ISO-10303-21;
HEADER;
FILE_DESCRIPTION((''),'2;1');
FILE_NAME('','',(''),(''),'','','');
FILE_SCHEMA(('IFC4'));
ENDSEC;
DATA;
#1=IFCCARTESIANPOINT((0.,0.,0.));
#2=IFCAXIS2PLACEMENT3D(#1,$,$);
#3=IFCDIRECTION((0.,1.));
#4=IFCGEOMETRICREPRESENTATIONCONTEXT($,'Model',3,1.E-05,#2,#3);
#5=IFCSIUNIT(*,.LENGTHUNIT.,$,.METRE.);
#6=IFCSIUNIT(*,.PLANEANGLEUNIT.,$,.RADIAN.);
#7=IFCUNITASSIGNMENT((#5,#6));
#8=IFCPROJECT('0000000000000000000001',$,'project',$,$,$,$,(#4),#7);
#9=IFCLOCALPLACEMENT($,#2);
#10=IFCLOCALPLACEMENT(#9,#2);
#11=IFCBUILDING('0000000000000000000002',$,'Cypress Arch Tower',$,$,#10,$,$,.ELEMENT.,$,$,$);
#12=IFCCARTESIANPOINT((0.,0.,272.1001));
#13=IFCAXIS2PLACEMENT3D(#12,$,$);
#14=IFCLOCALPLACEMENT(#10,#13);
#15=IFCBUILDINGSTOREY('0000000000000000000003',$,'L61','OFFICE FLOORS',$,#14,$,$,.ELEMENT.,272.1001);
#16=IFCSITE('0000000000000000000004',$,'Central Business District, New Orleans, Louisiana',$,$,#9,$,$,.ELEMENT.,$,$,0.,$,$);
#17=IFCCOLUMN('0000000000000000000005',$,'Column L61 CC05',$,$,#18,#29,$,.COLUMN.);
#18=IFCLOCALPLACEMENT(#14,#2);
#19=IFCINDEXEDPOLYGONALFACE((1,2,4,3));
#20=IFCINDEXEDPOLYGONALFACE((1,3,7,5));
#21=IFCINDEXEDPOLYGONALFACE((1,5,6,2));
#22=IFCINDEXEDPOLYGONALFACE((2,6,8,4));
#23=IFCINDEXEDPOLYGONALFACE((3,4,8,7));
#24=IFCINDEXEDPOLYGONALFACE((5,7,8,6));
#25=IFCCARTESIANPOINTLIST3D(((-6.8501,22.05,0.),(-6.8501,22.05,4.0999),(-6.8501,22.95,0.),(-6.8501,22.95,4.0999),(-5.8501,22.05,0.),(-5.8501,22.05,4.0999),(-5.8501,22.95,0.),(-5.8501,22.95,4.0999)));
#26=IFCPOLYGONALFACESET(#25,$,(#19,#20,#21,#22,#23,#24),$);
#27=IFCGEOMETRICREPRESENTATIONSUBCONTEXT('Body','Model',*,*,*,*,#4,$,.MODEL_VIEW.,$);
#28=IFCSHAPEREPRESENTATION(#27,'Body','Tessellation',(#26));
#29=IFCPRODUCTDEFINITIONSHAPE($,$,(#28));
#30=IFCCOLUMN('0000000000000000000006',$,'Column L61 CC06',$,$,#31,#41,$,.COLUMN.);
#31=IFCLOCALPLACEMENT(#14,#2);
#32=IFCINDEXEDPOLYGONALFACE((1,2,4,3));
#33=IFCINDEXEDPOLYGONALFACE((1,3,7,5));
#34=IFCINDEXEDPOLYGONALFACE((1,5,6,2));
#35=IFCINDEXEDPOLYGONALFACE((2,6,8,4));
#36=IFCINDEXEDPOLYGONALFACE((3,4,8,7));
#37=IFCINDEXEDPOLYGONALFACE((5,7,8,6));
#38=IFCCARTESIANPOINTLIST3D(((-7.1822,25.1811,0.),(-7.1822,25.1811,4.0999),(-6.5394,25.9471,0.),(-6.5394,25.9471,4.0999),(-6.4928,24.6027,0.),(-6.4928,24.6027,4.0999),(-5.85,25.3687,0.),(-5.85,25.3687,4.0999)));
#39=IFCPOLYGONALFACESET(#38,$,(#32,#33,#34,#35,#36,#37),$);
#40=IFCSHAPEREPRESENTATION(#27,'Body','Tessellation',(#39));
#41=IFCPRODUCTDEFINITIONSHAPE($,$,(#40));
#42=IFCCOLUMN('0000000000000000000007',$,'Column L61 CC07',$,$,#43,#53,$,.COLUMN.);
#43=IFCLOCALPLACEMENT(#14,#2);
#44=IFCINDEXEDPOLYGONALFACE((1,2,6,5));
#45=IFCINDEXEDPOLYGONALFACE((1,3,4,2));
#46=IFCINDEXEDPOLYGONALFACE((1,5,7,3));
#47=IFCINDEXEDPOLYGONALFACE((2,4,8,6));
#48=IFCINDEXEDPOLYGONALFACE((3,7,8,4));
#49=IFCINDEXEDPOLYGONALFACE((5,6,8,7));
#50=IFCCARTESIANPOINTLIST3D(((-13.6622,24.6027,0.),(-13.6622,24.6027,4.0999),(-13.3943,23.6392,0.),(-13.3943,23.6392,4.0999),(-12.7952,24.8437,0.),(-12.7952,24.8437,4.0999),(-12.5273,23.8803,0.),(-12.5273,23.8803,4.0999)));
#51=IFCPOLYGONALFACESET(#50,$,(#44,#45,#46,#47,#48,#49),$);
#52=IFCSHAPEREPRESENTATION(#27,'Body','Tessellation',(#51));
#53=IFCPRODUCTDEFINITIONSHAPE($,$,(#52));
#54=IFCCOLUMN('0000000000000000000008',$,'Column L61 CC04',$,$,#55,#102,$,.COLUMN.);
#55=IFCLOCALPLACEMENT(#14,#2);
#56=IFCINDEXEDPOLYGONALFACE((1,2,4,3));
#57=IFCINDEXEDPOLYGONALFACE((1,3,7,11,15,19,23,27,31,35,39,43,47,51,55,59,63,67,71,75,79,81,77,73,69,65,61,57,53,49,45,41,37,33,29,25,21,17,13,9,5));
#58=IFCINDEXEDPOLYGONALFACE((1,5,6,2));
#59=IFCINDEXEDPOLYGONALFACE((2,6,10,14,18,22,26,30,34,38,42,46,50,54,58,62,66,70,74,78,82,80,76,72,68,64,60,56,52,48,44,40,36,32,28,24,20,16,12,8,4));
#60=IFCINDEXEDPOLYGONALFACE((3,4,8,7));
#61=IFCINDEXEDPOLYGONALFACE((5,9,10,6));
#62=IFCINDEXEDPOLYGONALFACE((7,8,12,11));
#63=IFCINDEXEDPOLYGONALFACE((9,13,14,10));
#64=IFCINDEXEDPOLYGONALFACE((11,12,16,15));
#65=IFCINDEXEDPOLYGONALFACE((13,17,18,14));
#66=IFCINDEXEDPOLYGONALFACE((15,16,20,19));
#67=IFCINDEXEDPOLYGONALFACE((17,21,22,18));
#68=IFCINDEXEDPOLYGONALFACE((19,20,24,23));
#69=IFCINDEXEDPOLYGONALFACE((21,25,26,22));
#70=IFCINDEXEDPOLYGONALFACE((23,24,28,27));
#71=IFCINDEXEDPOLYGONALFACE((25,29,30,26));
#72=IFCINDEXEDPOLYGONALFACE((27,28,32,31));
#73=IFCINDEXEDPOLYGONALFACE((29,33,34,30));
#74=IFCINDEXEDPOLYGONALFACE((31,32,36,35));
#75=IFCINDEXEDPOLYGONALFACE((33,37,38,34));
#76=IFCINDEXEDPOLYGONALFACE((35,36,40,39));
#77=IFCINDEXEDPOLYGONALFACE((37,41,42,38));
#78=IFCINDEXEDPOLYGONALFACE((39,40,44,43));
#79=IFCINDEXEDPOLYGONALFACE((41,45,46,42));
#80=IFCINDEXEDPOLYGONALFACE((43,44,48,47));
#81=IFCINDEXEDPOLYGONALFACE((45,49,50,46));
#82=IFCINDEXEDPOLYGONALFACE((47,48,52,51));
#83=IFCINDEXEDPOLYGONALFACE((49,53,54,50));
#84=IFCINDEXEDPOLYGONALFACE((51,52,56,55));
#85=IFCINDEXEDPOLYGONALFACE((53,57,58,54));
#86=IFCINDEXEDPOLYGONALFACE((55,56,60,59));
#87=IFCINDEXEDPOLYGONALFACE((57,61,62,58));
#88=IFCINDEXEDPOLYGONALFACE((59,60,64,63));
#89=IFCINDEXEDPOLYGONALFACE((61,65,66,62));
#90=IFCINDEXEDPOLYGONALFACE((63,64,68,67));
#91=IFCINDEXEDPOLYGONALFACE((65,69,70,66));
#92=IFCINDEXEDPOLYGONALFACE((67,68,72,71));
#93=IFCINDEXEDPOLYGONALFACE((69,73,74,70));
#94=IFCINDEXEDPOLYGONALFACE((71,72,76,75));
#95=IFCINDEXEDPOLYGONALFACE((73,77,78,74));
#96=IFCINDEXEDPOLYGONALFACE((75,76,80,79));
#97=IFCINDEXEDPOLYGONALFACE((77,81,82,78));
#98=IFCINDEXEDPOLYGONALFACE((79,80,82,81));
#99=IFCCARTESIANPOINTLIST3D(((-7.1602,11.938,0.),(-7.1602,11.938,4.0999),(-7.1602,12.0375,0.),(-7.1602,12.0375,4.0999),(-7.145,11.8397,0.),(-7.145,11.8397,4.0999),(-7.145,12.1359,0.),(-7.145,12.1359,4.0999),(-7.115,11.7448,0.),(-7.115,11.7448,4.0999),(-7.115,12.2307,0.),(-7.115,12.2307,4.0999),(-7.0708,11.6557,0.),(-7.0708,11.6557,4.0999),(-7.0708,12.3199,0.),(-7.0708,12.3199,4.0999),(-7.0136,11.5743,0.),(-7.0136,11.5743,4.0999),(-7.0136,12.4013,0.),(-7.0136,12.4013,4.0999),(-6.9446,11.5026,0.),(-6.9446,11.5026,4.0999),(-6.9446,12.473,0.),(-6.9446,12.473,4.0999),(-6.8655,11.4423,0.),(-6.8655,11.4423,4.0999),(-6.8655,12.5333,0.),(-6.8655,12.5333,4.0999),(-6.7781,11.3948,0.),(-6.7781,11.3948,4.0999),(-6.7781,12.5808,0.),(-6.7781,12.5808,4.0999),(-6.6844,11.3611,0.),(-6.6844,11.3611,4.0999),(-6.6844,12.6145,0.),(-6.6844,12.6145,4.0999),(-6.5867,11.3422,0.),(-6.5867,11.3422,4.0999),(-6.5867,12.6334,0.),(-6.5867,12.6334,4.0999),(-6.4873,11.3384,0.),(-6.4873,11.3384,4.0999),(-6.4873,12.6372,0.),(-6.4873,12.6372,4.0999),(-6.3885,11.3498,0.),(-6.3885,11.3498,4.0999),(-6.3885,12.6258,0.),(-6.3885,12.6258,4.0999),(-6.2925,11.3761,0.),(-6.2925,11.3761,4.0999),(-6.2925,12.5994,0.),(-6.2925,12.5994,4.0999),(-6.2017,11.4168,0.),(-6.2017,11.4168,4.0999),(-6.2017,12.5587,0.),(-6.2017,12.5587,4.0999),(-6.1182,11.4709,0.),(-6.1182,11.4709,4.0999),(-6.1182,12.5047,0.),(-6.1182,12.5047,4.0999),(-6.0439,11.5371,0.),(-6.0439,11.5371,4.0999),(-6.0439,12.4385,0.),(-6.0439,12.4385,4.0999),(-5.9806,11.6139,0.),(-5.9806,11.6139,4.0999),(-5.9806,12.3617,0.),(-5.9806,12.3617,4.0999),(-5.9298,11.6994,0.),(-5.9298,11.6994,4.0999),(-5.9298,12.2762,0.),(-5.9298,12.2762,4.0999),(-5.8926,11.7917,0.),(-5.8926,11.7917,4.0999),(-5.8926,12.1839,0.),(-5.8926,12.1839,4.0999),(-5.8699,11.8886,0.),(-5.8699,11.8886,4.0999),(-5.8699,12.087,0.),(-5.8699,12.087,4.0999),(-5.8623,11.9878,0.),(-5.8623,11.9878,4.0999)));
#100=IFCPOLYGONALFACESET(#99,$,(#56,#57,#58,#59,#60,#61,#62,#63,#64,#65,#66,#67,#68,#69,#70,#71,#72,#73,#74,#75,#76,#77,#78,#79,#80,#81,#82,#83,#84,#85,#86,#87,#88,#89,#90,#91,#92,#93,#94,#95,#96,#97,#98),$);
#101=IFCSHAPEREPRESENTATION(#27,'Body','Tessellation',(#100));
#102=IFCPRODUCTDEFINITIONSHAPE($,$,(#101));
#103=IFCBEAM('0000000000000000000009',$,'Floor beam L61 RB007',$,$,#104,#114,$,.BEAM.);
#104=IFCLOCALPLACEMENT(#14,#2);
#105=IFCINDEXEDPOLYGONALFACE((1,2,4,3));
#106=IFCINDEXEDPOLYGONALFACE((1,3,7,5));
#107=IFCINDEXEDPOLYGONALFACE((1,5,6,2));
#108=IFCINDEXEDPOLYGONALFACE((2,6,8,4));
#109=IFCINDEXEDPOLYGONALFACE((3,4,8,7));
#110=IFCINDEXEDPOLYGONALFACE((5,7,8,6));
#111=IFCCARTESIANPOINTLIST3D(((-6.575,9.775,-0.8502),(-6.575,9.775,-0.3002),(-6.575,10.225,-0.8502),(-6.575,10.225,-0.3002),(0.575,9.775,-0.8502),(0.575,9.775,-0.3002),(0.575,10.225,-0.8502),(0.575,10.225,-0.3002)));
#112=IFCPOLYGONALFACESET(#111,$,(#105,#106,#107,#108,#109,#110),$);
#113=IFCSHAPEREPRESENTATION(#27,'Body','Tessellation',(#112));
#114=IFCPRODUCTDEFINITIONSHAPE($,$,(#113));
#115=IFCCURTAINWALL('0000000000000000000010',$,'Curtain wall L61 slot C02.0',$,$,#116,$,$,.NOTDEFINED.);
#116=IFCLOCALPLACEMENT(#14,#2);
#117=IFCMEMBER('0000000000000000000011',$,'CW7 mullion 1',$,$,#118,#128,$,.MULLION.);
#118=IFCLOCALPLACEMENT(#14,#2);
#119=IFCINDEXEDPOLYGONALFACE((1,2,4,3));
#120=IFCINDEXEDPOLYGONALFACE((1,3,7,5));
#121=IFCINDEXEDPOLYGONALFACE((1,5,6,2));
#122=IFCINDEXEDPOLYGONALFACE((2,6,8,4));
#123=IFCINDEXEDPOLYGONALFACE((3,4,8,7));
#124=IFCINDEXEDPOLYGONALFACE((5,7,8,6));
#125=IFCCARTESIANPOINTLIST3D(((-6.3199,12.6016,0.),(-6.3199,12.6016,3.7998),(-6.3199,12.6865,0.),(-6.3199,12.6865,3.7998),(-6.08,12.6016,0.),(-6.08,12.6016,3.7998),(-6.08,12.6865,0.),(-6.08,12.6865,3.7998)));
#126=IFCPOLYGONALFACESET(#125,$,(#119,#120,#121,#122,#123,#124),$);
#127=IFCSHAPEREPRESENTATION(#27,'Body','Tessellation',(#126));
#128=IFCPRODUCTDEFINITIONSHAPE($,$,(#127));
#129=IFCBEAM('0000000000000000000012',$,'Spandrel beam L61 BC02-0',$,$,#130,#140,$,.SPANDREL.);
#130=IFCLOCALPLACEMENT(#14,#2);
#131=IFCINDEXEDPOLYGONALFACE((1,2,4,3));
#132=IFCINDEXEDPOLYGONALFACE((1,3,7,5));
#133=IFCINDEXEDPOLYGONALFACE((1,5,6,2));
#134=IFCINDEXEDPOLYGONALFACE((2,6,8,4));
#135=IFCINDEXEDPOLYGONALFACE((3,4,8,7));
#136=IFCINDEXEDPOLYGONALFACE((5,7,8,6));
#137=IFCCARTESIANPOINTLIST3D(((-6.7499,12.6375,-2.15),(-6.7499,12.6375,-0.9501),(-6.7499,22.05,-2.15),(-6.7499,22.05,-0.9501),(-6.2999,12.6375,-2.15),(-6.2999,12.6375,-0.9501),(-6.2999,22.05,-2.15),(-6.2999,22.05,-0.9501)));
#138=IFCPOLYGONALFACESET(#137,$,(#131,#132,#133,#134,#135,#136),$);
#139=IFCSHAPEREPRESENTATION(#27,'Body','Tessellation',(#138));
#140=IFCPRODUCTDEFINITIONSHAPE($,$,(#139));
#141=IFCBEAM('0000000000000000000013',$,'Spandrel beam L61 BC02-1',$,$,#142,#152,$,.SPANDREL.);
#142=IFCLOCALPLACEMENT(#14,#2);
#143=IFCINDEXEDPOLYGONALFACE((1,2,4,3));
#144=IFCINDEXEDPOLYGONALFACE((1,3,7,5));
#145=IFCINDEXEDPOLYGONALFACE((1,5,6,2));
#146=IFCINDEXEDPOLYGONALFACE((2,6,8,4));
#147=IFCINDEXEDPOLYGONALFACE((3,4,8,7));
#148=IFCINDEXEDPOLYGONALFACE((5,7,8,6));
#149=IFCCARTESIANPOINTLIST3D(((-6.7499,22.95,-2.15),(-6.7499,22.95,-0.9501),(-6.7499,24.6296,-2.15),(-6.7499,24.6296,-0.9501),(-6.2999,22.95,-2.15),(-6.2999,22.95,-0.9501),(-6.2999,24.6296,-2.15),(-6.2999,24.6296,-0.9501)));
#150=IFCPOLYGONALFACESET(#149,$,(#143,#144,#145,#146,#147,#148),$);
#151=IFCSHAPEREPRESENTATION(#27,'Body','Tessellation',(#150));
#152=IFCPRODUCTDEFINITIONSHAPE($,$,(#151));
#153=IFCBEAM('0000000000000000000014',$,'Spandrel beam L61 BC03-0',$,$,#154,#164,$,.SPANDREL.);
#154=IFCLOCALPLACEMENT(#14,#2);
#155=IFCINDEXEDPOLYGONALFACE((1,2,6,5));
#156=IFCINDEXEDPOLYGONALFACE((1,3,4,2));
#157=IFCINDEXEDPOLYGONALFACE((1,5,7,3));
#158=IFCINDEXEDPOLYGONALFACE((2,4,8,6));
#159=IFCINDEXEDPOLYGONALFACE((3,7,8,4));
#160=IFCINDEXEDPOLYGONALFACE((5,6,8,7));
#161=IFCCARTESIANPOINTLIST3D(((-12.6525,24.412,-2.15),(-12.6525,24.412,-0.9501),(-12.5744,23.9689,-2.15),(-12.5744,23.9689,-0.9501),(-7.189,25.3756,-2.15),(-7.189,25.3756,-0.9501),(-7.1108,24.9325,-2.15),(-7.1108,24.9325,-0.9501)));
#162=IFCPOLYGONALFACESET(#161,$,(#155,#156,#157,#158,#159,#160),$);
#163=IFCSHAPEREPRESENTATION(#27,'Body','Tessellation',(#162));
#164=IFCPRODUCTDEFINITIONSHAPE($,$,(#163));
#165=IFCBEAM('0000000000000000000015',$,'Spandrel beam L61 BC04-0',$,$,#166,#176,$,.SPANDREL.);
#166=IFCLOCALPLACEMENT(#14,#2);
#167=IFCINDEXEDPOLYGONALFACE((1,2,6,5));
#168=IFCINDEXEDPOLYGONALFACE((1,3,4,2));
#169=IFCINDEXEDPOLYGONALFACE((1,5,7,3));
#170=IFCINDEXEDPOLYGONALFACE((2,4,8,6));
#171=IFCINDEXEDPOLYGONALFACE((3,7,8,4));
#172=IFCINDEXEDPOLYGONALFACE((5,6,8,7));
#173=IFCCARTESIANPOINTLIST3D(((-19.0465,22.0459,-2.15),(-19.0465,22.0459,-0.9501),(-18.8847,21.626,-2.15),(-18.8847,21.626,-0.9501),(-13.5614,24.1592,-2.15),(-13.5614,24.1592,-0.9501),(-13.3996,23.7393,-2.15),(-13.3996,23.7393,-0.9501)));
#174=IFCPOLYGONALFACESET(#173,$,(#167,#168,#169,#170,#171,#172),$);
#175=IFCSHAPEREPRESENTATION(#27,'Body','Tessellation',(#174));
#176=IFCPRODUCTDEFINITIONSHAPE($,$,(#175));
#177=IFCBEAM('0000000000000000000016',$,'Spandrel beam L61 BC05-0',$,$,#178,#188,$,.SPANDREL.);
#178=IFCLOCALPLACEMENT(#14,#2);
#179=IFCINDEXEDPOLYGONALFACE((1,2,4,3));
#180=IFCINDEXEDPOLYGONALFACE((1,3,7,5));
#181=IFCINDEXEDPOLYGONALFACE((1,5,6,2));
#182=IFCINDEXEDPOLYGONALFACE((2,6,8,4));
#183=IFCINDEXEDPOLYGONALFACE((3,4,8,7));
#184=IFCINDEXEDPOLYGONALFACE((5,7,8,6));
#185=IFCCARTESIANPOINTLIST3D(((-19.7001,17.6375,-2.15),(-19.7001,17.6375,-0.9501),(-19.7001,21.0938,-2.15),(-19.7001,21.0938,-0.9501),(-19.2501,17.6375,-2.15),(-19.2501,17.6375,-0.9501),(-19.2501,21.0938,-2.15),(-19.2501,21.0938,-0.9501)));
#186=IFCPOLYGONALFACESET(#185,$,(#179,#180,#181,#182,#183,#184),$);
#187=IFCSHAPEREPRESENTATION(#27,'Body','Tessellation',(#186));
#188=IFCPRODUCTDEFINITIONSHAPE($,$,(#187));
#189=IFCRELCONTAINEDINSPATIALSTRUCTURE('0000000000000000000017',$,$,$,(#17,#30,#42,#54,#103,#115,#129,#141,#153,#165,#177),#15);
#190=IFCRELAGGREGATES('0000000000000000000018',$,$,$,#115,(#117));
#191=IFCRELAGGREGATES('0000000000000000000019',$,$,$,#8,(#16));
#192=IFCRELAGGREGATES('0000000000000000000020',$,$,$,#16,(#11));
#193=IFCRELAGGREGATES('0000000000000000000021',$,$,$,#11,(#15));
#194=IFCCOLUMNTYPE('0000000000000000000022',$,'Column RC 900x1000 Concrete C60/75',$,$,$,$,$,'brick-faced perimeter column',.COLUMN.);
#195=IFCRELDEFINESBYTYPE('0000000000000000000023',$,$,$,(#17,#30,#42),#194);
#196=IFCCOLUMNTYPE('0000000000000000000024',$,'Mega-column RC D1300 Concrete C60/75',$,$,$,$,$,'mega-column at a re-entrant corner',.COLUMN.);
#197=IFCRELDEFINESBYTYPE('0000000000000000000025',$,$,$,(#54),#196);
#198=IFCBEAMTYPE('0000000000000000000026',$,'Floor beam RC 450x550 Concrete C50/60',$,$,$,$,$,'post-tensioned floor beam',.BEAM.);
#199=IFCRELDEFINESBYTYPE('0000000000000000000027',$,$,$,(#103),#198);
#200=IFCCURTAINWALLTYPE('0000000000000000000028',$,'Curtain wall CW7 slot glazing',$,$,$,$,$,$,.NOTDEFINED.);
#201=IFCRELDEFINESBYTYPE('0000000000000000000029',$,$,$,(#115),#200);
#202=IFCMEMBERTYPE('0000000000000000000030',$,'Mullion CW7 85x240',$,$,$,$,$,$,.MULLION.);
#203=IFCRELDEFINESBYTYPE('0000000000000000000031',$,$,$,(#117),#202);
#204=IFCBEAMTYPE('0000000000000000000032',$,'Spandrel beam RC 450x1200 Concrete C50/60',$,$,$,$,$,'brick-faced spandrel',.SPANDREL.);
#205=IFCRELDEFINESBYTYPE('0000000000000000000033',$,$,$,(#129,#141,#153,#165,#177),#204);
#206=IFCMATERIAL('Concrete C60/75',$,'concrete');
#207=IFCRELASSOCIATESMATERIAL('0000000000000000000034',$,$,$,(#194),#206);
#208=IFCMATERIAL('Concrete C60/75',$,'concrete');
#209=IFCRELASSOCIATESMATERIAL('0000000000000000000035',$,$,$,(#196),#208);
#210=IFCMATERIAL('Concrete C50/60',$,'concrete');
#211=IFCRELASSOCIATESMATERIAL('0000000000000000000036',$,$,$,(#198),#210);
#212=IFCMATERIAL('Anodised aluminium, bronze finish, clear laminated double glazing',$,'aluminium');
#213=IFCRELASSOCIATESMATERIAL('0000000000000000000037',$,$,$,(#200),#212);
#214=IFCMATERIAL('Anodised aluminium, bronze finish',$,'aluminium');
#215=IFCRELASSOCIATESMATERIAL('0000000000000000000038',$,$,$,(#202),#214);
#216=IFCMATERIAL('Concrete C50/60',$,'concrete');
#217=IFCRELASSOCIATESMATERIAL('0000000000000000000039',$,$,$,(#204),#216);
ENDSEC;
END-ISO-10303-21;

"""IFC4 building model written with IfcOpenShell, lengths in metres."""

from ifc_helpers import new_model, si_unit, direction, frame, origin, origin_2d, place, context, subcontext, project, spatial, rectangle, circle, extrude, material, material_profile, profile_set, type_object, element, aggregate, save


model = new_model("IFC4")

# Units and contexts
model_context = context("Model", 3, precision=1e-05, world=origin(), true_north=direction((0.0, 1.0)))
body_context = subcontext(model_context, "Body", "Model", "MODEL_VIEW")
ifc_project = project(units=[si_unit("LENGTHUNIT", "METRE"), si_unit("PLANEANGLEUNIT", "RADIAN")], contexts=[model_context])

# Site, building, storey
site_placement = place(None, origin())
site = spatial("IfcSite", under=ifc_project, at=site_placement, Name="Central Business District, New Orleans, Louisiana", CompositionType="ELEMENT", RefElevation=0.0)
building_placement = place(site_placement, origin())
building = spatial("IfcBuilding", under=site, at=building_placement, Name="Cypress Arch Tower", CompositionType="ELEMENT")
storey_placement = place(building_placement, frame((0.0, 0.0, 272.1001)))
storey = spatial("IfcBuildingStorey", under=building, at=storey_placement, Name="L61", Description="OFFICE FLOORS", CompositionType="ELEMENT", Elevation=272.1001)

# Columns
ifc_material_1 = material(Name="Concrete C60/75", Category="concrete")
ifc_material_profile_1 = material_profile(ifc_material_1, rectangle(XDim=0.8999, YDim=1.0, at=origin_2d()), Name="RC 900x1000")
ifc_profile_set_1 = profile_set([ifc_material_profile_1], Name="Concrete C60/75")
column_type_1 = type_object("IfcColumnType", Name="Column RC 900x1000 Concrete C60/75", ElementType="brick-faced perimeter column", PredefinedType="COLUMN", material=ifc_profile_set_1)
for number, where, z_axis, x_axis, name in (
    (1, (-6.3501, 22.5, 0.0), (0.0, 0.0, 1.0), (0.0, 1.0, 0.0), "Column L61 CC05"),
    (2, (-6.5161, 25.2749, 0.0), (0.0, 0.0, 1.0), (-0.766064, 0.642765, 0.0), "Column L61 CC06"),
    (3, (-13.0947, 24.2415, 0.0), (0.0, 0.0, 1.0), (-0.963456, -0.267868, 0.0), "Column L61 CC07"),
):
    element("IfcColumn", number, at=place(storey_placement, frame(where, z_axis=z_axis, x_axis=x_axis)), inside=storey, type_object=column_type_1, Name=name, PredefinedType="COLUMN", context=body_context, shape_type="SweptSolid", body=[
        extrude(rectangle(XDim=0.8999, YDim=1.0, at=origin_2d()), origin(), (0.0, 0.0, 1.0), 4.0999),
    ])
ifc_material_2 = material(Name="Concrete C60/75", Category="concrete")
ifc_material_profile_2 = material_profile(ifc_material_2, circle(Radius=0.6499, at=origin_2d()), Name="RC D1300")
ifc_profile_set_2 = profile_set([ifc_material_profile_2], Name="Concrete C60/75")
column_type_2 = type_object("IfcColumnType", Name="Mega-column RC D1300 Concrete C60/75", ElementType="mega-column at a re-entrant corner", PredefinedType="COLUMN", material=ifc_profile_set_2)
column_placement = place(storey_placement, frame((-6.5122, 11.9878, 0.0), z_axis=(0.0, 0.0, 1.0), x_axis=(1.0, 0.0, 0.0)))
element("IfcColumn", 4, at=column_placement, inside=storey, type_object=column_type_2, Name="Column L61 CC04", PredefinedType="COLUMN", context=body_context, shape_type="SweptSolid", body=[
    extrude(circle(Radius=0.6499, at=origin_2d()), origin(), (0.0, 0.0, 1.0), 4.0999),
])

# Beam
ifc_material_3 = material(Name="Concrete C50/60", Category="concrete")
ifc_material_profile_3 = material_profile(ifc_material_3, rectangle(XDim=0.45, YDim=0.55, at=origin_2d()), Name="RC 450x550")
ifc_profile_set_3 = profile_set([ifc_material_profile_3], Name="Concrete C50/60")
beam_type_1 = type_object("IfcBeamType", Name="Floor beam RC 450x550 Concrete C50/60", ElementType="post-tensioned floor beam", PredefinedType="BEAM", material=ifc_profile_set_3)
beam_1_placement = place(storey_placement, frame((-6.575, 10.0, -0.5752), z_axis=(1.0, 0.0, 0.0), x_axis=(0.0, 1.0, 0.0)))
element("IfcBeam", 5, at=beam_1_placement, inside=storey, type_object=beam_type_1, Name="Floor beam L61 RB007", PredefinedType="BEAM", context=body_context, shape_type="SweptSolid", body=[
    extrude(rectangle(XDim=0.45, YDim=0.55, at=origin_2d()), origin(), (0.0, 0.0, 1.0), 7.1499),
])

# Curtain wall, member
ifc_material_4 = material(Name="Anodised aluminium, bronze finish, clear laminated double glazing", Category="aluminium")
curtain_wall_type = type_object("IfcCurtainWallType", Name="Curtain wall CW7 slot glazing", PredefinedType="NOTDEFINED", material=ifc_material_4)
curtain_wall_placement = place(storey_placement, origin())
curtain_wall = element("IfcCurtainWall", 6, at=curtain_wall_placement, inside=storey, type_object=curtain_wall_type, Name="Curtain wall L61 slot C02.0", PredefinedType="NOTDEFINED")
ifc_material_5 = material(Name="Anodised aluminium, bronze finish", Category="aluminium")
ifc_material_profile_4 = material_profile(ifc_material_5, rectangle(XDim=0.24, YDim=0.085, at=origin_2d()), Name="Mullion 85x240")
ifc_profile_set_4 = profile_set([ifc_material_profile_4], Name="Anodised aluminium, bronze finish")
member_type_1 = type_object("IfcMemberType", Name="Mullion CW7 85x240", PredefinedType="MULLION", material=ifc_profile_set_4)
member_1_placement = place(storey_placement, frame((-6.2, 12.644, 0.0), z_axis=(0.0, 0.0, 1.0), x_axis=(-1.0, 0.0, 0.0)))
member_1 = element("IfcMember", 7, at=member_1_placement, type_object=member_type_1, Name="CW7 mullion 1", PredefinedType="MULLION", context=body_context, shape_type="SweptSolid", body=[
    extrude(rectangle(XDim=0.24, YDim=0.085, at=origin_2d()), origin(), (0.0, 0.0, 1.0), 3.7998),
])

# Beams
ifc_material_6 = material(Name="Concrete C50/60", Category="concrete")
ifc_material_profile_5 = material_profile(ifc_material_6, rectangle(XDim=0.45, YDim=1.2, at=origin_2d()), Name="RC 450x1200")
ifc_profile_set_5 = profile_set([ifc_material_profile_5], Name="Concrete C50/60")
beam_type_2 = type_object("IfcBeamType", Name="Spandrel beam RC 450x1200 Concrete C50/60", ElementType="brick-faced spandrel", PredefinedType="SPANDREL", material=ifc_profile_set_5)
beam_2_placement = place(storey_placement, frame((-6.5249, 12.6375, -1.55), z_axis=(0.0, 1.0, 0.0), x_axis=(-1.0, 0.0, 0.0)))
element("IfcBeam", 8, at=beam_2_placement, inside=storey, type_object=beam_type_2, Name="Spandrel beam L61 BC02-0", PredefinedType="SPANDREL", context=body_context, shape_type="SweptSolid", body=[
    extrude(rectangle(XDim=0.45, YDim=1.2, at=origin_2d()), origin(), (0.0, 0.0, 1.0), 9.4126),
])
beam_3_placement = place(storey_placement, frame((-6.5249, 22.95, -1.55), z_axis=(0.0, 1.0, 0.0), x_axis=(-1.0, 0.0, 0.0)))
element("IfcBeam", 9, at=beam_3_placement, inside=storey, type_object=beam_type_2, Name="Spandrel beam L61 BC02-1", PredefinedType="SPANDREL", context=body_context, shape_type="SweptSolid", body=[
    extrude(rectangle(XDim=0.45, YDim=1.2, at=origin_2d()), origin(), (0.0, 0.0, 1.0), 1.6797),
])
beam_4_placement = place(storey_placement, frame((-7.1499, 25.1541, -1.55), z_axis=(-0.9848, -0.17369, 0.0), x_axis=(0.17369, -0.9848, 0.0)))
element("IfcBeam", 10, at=beam_4_placement, inside=storey, type_object=beam_type_2, Name="Spandrel beam L61 BC03-0", PredefinedType="SPANDREL", context=body_context, shape_type="SweptSolid", body=[
    extrude(rectangle(XDim=0.45, YDim=1.2, at=origin_2d()), origin(), (0.0, 0.0, 1.0), 5.5479),
])
beam_5_placement = place(storey_placement, frame((-13.4805, 23.9492, -1.55), z_axis=(-0.933139, -0.359516, 0.0), x_axis=(0.359516, -0.933139, 0.0)))
element("IfcBeam", 11, at=beam_5_placement, inside=storey, type_object=beam_type_2, Name="Spandrel beam L61 BC04-0", PredefinedType="SPANDREL", context=body_context, shape_type="SweptSolid", body=[
    extrude(rectangle(XDim=0.45, YDim=1.2, at=origin_2d()), origin(), (0.0, 0.0, 1.0), 5.8782),
])
beam_6_placement = place(storey_placement, frame((-19.4751, 21.0938, -1.55), z_axis=(0.0, -1.0, 0.0), x_axis=(1.0, 0.0, 0.0)))
element("IfcBeam", 12, at=beam_6_placement, inside=storey, type_object=beam_type_2, Name="Spandrel beam L61 BC05-0", PredefinedType="SPANDREL", context=body_context, shape_type="SweptSolid", body=[
    extrude(rectangle(XDim=0.45, YDim=1.2, at=origin_2d()), origin(), (0.0, 0.0, 1.0), 3.4563),
])

aggregate(curtain_wall, [member_1])

save(model, "model.ifc")
